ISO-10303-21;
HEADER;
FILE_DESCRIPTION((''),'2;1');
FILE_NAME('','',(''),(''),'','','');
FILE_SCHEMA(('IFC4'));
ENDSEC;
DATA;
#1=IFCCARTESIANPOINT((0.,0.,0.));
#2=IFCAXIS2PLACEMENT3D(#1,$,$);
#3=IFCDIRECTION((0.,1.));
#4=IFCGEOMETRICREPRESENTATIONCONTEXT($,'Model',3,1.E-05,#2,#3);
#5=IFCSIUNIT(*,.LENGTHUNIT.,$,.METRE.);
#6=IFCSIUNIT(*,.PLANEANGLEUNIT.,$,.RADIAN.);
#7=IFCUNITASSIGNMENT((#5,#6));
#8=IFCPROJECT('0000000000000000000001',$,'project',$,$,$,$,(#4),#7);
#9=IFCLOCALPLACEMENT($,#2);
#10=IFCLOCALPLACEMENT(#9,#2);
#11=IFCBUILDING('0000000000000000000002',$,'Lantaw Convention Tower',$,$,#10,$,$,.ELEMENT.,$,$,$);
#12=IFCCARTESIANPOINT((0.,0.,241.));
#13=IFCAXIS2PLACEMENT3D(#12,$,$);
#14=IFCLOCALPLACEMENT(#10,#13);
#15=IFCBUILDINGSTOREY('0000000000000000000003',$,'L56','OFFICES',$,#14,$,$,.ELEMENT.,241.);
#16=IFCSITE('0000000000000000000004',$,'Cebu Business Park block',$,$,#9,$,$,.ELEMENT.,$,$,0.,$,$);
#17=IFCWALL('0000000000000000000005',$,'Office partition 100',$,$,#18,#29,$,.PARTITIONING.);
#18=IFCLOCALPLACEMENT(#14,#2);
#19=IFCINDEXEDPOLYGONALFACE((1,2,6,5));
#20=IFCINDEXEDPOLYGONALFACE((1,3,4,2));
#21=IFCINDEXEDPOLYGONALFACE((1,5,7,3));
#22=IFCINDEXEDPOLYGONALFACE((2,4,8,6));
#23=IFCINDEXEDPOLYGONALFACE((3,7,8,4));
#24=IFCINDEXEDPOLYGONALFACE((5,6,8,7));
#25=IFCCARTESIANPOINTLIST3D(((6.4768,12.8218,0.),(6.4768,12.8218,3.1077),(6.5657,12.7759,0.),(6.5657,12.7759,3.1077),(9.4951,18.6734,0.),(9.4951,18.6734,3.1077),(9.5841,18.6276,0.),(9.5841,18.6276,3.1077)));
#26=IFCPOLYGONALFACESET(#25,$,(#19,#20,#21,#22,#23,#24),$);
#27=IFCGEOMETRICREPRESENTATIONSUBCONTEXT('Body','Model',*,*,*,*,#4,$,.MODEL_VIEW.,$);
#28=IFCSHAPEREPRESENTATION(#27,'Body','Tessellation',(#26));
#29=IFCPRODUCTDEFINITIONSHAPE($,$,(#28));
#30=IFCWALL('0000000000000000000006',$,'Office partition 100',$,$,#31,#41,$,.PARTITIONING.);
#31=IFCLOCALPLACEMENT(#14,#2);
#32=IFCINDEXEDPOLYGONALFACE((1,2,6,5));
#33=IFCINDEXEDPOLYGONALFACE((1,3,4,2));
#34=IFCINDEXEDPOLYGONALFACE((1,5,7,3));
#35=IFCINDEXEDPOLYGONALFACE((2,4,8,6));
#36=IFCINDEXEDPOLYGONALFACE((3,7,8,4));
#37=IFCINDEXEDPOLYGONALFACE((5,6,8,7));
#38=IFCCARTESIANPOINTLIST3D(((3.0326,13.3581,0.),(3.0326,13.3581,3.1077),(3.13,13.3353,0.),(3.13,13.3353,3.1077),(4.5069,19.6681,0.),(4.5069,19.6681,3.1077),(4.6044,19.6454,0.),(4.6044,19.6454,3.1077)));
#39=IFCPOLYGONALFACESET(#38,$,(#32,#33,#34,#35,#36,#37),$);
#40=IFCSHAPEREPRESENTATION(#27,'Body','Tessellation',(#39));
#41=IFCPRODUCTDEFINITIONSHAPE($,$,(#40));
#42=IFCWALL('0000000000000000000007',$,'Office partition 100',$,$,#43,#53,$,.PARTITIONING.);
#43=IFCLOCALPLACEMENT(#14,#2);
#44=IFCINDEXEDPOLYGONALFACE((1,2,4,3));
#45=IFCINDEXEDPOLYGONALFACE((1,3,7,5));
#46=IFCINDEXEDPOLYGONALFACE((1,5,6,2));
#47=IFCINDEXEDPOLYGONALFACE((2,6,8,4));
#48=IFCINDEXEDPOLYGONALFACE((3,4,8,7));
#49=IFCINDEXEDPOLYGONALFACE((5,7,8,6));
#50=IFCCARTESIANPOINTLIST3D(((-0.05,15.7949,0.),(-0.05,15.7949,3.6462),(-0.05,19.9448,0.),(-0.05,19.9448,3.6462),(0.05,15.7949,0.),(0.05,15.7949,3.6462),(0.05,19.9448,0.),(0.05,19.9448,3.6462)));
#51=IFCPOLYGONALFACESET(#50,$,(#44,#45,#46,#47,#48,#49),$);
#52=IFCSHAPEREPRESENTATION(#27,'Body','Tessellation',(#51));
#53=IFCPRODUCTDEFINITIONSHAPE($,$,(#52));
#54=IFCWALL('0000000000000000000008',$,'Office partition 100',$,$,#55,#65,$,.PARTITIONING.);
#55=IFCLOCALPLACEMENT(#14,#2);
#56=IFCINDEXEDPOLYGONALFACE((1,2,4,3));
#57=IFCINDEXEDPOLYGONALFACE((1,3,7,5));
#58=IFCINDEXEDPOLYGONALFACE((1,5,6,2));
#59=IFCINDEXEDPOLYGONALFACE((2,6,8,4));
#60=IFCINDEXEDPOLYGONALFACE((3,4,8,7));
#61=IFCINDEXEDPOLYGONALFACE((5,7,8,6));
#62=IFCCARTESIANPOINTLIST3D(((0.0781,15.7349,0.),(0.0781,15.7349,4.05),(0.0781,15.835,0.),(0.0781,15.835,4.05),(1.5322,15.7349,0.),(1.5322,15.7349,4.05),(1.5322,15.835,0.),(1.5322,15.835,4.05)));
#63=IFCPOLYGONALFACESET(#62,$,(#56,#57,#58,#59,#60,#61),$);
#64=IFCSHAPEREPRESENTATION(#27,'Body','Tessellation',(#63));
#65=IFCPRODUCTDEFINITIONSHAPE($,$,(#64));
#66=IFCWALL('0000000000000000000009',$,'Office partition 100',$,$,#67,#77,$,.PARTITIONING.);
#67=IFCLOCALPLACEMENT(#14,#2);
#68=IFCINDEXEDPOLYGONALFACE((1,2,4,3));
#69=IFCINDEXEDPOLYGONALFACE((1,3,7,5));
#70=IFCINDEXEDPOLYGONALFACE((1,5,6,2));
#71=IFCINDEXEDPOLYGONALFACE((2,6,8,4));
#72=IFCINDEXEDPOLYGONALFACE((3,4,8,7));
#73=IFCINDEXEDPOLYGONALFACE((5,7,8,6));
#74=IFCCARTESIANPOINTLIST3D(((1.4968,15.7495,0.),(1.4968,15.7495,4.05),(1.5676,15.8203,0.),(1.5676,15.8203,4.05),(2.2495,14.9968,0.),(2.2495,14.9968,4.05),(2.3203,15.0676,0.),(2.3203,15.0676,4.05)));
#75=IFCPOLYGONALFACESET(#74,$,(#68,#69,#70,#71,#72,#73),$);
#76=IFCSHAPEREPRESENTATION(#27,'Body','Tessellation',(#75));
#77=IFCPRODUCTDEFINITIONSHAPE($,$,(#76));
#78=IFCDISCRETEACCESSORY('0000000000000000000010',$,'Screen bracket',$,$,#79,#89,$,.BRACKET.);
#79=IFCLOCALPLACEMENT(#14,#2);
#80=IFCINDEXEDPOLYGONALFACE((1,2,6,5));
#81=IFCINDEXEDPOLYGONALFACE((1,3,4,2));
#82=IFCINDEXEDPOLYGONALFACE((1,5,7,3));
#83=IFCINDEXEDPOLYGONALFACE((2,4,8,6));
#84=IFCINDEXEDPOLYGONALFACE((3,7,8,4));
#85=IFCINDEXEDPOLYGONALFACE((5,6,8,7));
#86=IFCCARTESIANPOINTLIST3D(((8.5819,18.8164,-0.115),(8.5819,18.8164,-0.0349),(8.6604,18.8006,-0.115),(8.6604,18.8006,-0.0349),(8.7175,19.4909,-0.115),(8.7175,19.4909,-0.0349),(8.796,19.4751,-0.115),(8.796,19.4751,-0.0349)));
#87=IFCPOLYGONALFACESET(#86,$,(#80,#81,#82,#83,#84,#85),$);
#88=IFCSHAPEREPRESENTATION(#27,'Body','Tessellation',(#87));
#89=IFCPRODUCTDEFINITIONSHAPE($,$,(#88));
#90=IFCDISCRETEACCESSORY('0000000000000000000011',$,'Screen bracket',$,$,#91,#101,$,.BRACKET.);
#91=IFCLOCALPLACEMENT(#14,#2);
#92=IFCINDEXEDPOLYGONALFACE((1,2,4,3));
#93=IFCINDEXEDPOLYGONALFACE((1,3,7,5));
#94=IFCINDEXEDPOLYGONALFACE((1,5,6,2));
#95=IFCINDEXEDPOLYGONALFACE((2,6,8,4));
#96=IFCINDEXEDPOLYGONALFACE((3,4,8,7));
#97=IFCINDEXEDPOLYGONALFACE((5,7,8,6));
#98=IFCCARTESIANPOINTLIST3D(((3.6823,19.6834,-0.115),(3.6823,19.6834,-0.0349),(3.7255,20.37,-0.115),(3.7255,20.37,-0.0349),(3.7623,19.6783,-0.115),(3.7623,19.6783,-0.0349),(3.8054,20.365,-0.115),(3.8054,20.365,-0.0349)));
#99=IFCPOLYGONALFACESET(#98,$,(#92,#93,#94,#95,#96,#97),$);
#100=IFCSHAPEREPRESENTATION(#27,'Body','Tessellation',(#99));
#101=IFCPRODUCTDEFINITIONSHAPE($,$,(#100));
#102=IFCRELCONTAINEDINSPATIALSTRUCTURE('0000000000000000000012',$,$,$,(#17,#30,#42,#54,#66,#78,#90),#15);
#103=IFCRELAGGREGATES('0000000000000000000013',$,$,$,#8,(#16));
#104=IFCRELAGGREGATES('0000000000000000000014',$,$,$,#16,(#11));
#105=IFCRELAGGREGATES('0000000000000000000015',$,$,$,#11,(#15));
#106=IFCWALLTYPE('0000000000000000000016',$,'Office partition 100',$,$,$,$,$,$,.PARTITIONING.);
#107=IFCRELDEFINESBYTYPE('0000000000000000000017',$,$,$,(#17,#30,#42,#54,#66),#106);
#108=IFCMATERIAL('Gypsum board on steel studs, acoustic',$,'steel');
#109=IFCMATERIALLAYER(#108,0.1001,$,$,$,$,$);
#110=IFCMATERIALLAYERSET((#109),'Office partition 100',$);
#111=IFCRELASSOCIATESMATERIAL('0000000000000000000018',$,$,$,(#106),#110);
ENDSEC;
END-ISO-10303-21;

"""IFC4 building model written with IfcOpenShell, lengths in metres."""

from ifc_helpers import new_model, si_unit, direction, frame, frame_2d, origin, origin_2d, place, context, subcontext, project, spatial, rectangle, extrude, material, layer, layer_set, type_object, element, save


model = new_model("IFC4")

# Units and contexts
model_context = context("Model", 3, precision=1e-05, world=origin(), true_north=direction((0.0, 1.0)))
body_context = subcontext(model_context, "Body", "Model", "MODEL_VIEW")
ifc_project = project(units=[si_unit("LENGTHUNIT", "METRE"), si_unit("PLANEANGLEUNIT", "RADIAN")], contexts=[model_context])

# Site, building, storey
site_placement = place(None, origin())
site = spatial("IfcSite", under=ifc_project, at=site_placement, Name="Cebu Business Park block", CompositionType="ELEMENT", RefElevation=0.0)
building_placement = place(site_placement, origin())
building = spatial("IfcBuilding", under=site, at=building_placement, Name="Lantaw Convention Tower", CompositionType="ELEMENT")
storey_placement = place(building_placement, frame((0.0, 0.0, 241.0)))
storey = spatial("IfcBuildingStorey", under=building, at=storey_placement, Name="L56", Description="OFFICES", CompositionType="ELEMENT", Elevation=241.0)

# Walls
ifc_material_1 = material(Name="Gypsum board on steel studs, acoustic", Category="steel")
ifc_layer_1 = layer(ifc_material_1, 0.1001)
ifc_layer_set_1 = layer_set([ifc_layer_1], Name="Office partition 100")
wall_type_1 = type_object("IfcWallType", Name="Office partition 100", PredefinedType="PARTITIONING", material=ifc_layer_set_1)
wall_1_placement = place(storey_placement, frame((9.5396, 18.6504, 0.0), z_axis=(0.0, 0.0, 1.0), x_axis=(-0.458421, -0.888735, 0.0)))
element("IfcWall", 1, at=wall_1_placement, inside=storey, type_object=wall_type_1, Name="Office partition 100", PredefinedType="PARTITIONING", context=body_context, shape_type="SweptSolid", body=[
    extrude(rectangle(XDim=6.5842, YDim=0.1001, at=frame_2d((3.292, 0.0))), origin(), (0.0, 0.0, 1.0), 3.1077),
])
wall_2_placement = place(storey_placement, frame((4.5557, 19.6567, 0.0), z_axis=(0.0, 0.0, 1.0), x_axis=(-0.227525, -0.973772, 0.0)))
element("IfcWall", 2, at=wall_2_placement, inside=storey, type_object=wall_type_1, Name="Office partition 100", PredefinedType="PARTITIONING", context=body_context, shape_type="SweptSolid", body=[
    extrude(rectangle(XDim=6.48, YDim=0.1001, at=frame_2d((3.24, 0.0))), origin(), (0.0, 0.0, 1.0), 3.1077),
])
wall_3_placement = place(storey_placement, frame((0.0, 19.9448, 0.0), z_axis=(0.0, 0.0, 1.0), x_axis=(0.0, -1.0, 0.0)))
element("IfcWall", 3, at=wall_3_placement, inside=storey, type_object=wall_type_1, Name="Office partition 100", PredefinedType="PARTITIONING", context=body_context, shape_type="SweptSolid", body=[
    extrude(rectangle(XDim=4.1499, YDim=0.1001, at=frame_2d((2.075, 0.0))), origin(), (0.0, 0.0, 1.0), 3.6462),
])
wall_4_placement = place(storey_placement, frame((0.0781, 15.7849, 0.0), z_axis=(0.0, 0.0, 1.0), x_axis=(1.0, 0.0, 0.0)))
element("IfcWall", 4, at=wall_4_placement, inside=storey, type_object=wall_type_1, Name="Office partition 100", PredefinedType="PARTITIONING", context=body_context, shape_type="SweptSolid", body=[
    extrude(rectangle(XDim=1.4541, YDim=0.1001, at=frame_2d((0.7271, 0.0))), origin(), (0.0, 0.0, 1.0), 4.05),
])
wall_5_placement = place(storey_placement, frame((1.5322, 15.7849, 0.0), z_axis=(0.0, 0.0, 1.0), x_axis=(0.707107, -0.707107, 0.0)))
element("IfcWall", 5, at=wall_5_placement, inside=storey, type_object=wall_type_1, Name="Office partition 100", PredefinedType="PARTITIONING", context=body_context, shape_type="SweptSolid", body=[
    extrude(rectangle(XDim=1.0645, YDim=0.1001, at=frame_2d((0.5322, 0.0))), origin(), (0.0, 0.0, 1.0), 4.05),
])

# Discrete accessories
for number, where, z_axis, x_axis, name in (
    (6, (8.689, 19.1458, -0.115), (0.0, 0.0, 1.0), (-0.980367, 0.197183, 0.0), "Screen bracket"),
    (7, (3.7439, 20.0242, -0.115), (0.0, 0.0, 1.0), (-0.998029, 0.062758, 0.0), "Screen bracket"),
):
    element("IfcDiscreteAccessory", number, at=place(storey_placement, frame(where, z_axis=z_axis, x_axis=x_axis)), inside=storey, Name=name, PredefinedType="BRACKET", context=body_context, shape_type="SweptSolid", body=[
        extrude(rectangle(XDim=0.0801, YDim=0.688, at=origin_2d()), origin(), (0.0, 0.0, 1.0), 0.0801),
    ])

save(model, "model.ifc")
